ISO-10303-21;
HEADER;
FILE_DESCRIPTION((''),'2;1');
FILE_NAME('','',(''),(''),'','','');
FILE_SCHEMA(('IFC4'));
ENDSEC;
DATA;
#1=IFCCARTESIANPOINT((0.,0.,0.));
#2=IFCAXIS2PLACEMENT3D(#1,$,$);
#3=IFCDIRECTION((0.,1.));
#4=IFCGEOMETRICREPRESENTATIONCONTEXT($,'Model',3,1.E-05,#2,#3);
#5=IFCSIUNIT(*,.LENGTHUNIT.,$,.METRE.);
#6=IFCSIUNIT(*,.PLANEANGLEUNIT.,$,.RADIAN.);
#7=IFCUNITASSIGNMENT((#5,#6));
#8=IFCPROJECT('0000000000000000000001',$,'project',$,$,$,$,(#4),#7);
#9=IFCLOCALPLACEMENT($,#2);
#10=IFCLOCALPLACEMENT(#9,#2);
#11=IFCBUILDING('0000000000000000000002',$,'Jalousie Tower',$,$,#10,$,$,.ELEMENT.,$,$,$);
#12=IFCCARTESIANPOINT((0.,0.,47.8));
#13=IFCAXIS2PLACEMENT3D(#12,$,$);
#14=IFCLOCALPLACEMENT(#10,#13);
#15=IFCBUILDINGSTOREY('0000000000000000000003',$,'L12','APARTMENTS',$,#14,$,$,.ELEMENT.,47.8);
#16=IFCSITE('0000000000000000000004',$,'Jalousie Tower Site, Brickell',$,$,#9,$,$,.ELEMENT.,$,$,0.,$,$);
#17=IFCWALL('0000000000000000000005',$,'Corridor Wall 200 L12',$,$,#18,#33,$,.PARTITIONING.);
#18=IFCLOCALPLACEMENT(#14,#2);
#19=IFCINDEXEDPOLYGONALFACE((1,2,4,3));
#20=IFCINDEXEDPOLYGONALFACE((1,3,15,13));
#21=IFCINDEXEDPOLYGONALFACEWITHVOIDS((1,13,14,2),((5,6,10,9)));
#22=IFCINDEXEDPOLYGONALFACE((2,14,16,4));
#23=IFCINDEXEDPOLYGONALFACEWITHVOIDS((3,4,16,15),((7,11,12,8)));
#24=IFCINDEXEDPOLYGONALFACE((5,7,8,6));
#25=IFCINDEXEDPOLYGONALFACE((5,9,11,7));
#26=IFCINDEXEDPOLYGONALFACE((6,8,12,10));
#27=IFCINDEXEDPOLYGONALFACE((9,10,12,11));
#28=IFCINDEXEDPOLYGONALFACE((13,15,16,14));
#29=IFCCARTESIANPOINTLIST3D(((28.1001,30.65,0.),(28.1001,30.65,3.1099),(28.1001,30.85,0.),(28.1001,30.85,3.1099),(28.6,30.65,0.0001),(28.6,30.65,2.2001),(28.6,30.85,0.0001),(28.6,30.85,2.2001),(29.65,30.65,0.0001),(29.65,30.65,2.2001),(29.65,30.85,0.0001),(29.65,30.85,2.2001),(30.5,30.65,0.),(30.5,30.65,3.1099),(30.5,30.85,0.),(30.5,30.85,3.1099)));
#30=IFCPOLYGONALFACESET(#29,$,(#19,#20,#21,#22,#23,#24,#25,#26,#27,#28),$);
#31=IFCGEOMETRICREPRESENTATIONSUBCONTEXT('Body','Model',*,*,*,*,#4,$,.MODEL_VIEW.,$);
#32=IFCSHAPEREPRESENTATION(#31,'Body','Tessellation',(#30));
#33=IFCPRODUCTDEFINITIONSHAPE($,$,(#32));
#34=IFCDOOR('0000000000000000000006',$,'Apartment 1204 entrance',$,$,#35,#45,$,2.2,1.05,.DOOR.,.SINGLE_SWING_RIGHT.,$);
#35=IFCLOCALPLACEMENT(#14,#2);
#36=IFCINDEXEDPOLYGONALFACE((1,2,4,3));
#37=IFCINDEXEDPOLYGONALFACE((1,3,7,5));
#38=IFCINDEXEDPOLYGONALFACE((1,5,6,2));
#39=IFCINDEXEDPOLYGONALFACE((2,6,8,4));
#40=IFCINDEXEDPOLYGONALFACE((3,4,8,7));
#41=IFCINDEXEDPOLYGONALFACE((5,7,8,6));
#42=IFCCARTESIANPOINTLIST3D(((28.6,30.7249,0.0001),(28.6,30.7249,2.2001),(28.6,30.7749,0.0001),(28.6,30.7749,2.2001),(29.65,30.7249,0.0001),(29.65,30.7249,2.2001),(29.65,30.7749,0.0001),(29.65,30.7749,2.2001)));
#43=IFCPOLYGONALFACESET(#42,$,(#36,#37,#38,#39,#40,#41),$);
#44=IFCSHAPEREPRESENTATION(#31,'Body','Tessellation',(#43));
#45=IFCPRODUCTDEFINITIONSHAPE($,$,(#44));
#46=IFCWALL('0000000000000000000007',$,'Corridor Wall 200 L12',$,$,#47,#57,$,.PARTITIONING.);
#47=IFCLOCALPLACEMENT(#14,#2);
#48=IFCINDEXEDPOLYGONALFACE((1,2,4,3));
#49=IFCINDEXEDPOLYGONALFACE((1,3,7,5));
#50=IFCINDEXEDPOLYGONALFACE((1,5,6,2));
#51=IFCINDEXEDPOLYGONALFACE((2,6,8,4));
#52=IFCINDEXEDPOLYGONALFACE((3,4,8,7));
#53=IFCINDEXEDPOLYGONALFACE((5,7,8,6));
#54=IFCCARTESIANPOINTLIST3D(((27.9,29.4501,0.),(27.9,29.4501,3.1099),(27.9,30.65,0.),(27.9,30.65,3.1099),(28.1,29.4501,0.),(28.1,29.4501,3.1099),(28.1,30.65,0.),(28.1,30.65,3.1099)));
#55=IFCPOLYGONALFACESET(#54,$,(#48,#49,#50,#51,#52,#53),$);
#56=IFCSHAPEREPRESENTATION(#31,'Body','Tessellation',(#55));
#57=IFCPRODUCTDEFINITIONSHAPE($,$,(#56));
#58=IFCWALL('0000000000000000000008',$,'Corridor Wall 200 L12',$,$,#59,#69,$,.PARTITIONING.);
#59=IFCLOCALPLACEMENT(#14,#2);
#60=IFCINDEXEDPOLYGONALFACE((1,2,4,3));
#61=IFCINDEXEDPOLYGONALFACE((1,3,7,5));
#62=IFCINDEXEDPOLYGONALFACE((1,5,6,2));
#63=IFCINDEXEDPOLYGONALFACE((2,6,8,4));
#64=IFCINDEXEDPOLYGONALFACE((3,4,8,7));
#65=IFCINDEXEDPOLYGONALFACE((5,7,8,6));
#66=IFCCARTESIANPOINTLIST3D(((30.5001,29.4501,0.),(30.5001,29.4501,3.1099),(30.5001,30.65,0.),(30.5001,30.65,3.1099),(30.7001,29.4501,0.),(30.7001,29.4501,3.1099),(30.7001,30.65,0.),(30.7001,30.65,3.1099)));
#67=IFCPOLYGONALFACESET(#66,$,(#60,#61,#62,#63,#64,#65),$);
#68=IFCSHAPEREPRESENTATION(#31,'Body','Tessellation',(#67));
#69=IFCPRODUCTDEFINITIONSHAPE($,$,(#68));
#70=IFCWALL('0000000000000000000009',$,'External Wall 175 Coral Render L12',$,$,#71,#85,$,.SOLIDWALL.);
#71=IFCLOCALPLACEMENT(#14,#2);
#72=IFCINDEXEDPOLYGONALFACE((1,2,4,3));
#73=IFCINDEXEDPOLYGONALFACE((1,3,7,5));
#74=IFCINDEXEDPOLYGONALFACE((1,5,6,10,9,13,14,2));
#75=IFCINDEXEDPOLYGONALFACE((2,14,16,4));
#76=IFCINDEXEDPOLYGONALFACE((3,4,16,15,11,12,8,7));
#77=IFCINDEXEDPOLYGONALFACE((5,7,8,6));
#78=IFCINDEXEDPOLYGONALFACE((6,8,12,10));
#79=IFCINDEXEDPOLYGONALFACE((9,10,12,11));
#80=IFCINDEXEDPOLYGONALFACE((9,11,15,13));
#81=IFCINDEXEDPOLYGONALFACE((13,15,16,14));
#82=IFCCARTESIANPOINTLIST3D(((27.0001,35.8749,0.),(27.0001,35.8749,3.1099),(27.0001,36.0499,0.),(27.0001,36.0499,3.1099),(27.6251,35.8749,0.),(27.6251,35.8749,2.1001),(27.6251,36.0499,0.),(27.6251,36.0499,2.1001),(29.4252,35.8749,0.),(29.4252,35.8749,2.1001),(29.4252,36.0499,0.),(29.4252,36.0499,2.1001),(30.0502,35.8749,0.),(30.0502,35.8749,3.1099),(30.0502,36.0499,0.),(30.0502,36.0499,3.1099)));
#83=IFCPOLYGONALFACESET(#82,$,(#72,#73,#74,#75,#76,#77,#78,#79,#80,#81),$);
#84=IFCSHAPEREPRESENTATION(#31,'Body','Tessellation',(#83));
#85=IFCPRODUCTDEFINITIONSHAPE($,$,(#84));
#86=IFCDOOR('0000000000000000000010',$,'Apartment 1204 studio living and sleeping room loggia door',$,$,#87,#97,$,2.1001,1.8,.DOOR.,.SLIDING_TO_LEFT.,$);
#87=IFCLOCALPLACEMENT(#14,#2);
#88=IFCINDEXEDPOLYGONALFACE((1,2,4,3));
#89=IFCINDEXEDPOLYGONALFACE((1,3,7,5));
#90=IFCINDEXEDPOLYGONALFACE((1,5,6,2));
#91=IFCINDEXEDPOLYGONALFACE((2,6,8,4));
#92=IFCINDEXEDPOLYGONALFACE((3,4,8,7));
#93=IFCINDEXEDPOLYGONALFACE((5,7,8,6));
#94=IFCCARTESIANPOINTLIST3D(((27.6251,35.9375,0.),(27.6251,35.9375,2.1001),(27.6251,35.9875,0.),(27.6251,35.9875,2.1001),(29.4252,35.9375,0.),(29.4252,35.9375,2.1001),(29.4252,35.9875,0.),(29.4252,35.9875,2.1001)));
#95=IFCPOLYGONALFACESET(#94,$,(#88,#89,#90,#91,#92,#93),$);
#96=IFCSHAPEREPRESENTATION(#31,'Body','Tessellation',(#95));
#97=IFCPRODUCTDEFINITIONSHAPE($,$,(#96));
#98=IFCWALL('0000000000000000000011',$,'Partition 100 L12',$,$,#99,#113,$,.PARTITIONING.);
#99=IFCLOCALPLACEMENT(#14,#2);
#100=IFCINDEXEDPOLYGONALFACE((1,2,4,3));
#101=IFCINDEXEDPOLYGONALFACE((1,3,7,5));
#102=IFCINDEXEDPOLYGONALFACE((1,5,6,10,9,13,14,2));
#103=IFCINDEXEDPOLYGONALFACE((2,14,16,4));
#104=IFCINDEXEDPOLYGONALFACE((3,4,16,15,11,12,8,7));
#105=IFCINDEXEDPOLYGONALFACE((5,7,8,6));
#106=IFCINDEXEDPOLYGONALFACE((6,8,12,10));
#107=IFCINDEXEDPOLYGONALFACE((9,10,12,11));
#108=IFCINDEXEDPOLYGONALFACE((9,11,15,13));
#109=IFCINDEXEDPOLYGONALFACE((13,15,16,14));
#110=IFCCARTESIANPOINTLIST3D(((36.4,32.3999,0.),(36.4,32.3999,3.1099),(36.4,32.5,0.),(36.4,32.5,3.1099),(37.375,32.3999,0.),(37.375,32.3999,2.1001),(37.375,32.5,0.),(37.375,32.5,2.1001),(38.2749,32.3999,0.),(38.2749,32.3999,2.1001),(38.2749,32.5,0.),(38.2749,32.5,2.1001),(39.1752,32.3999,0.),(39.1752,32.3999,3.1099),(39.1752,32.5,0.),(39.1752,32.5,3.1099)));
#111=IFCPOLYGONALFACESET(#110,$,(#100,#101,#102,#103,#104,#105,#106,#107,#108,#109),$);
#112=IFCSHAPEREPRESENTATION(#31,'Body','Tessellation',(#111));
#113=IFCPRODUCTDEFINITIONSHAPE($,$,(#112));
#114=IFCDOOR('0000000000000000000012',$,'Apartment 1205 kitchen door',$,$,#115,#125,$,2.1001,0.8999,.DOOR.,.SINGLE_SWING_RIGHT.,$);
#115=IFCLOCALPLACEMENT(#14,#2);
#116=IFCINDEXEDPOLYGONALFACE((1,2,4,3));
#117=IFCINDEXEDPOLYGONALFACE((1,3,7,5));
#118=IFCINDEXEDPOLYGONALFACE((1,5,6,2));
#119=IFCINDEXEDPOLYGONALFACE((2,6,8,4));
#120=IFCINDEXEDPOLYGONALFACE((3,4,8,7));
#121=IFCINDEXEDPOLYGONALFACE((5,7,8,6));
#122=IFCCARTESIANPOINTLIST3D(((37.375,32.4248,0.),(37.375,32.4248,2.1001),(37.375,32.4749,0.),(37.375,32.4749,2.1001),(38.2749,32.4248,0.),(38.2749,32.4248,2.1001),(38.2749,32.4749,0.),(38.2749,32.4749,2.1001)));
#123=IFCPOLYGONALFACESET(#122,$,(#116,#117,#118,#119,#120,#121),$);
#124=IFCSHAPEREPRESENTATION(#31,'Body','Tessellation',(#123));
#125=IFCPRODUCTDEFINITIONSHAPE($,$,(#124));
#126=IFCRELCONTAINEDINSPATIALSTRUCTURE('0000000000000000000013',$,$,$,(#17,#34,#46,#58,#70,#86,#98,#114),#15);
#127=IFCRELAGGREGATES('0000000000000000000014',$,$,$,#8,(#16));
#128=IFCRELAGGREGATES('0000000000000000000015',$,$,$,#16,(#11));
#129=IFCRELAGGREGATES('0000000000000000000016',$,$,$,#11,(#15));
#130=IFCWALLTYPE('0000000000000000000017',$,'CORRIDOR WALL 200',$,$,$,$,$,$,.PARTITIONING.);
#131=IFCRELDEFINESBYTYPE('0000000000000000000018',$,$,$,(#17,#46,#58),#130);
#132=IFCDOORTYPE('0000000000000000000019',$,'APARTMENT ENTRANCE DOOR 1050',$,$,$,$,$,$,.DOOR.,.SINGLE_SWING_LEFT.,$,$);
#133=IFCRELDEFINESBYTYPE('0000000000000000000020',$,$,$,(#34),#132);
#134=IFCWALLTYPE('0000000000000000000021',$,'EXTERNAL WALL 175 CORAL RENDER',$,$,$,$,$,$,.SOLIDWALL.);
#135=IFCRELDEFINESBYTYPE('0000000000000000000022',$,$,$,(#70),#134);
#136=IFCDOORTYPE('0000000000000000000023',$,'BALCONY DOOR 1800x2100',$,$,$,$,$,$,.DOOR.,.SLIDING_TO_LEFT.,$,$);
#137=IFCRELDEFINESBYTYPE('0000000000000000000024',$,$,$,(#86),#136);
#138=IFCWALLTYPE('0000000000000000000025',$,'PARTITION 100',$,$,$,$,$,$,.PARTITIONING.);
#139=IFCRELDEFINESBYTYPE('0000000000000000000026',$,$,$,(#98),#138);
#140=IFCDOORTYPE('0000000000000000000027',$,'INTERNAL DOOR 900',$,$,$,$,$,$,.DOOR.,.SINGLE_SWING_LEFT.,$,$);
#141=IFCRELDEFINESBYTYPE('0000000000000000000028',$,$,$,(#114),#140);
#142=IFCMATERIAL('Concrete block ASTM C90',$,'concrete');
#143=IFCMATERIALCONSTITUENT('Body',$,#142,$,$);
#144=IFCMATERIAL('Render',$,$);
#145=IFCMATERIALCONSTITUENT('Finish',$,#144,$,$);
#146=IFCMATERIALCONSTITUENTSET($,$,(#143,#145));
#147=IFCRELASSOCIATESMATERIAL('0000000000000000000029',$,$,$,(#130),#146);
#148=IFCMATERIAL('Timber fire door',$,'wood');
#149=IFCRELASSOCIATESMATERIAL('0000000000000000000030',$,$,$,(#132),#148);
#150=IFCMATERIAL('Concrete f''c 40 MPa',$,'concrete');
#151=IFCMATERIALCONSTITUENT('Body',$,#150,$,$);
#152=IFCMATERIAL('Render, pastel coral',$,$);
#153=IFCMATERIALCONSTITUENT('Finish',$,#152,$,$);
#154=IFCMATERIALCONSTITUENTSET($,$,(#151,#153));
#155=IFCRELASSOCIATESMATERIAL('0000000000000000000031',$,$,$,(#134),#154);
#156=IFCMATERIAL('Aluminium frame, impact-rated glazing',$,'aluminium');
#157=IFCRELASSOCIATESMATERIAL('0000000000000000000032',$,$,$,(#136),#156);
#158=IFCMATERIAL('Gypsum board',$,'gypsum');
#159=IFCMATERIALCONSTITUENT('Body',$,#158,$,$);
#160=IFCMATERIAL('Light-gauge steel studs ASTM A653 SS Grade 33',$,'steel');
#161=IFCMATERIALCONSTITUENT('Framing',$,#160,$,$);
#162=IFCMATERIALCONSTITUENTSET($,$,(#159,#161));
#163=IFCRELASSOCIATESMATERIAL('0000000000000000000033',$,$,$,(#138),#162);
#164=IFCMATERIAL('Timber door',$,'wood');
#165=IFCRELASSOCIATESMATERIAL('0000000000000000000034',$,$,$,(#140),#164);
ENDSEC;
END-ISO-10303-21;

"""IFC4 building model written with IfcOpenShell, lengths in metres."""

from ifc_helpers import new_model, si_unit, direction, frame, frame_2d, origin, place, context, subcontext, project, spatial, rectangle, extrude, material, constituent, constituent_set, type_object, element, fill, save


model = new_model("IFC4")

# Units and contexts
model_context = context("Model", 3, precision=1e-05, world=origin(), true_north=direction((0.0, 1.0)))
body_context = subcontext(model_context, "Body", "Model", "MODEL_VIEW")
ifc_project = project(units=[si_unit("LENGTHUNIT", "METRE"), si_unit("PLANEANGLEUNIT", "RADIAN")], contexts=[model_context])

# Site, building, storey
site_placement = place(None, origin())
site = spatial("IfcSite", under=ifc_project, at=site_placement, Name="Jalousie Tower Site, Brickell", CompositionType="ELEMENT", RefElevation=0.0)
building_placement = place(site_placement, origin())
building = spatial("IfcBuilding", under=site, at=building_placement, Name="Jalousie Tower", CompositionType="ELEMENT")
storey_placement = place(building_placement, frame((0.0, 0.0, 47.8)))
storey = spatial("IfcBuildingStorey", under=building, at=storey_placement, Name="L12", Description="APARTMENTS", CompositionType="ELEMENT", Elevation=47.8)

# Shared definitions
ifc_material_1 = material(Name="Concrete block ASTM C90", Category="concrete")
ifc_constituent_1 = constituent(ifc_material_1, Name="Body")
ifc_material_2 = material(Name="Render")
ifc_constituent_2 = constituent(ifc_material_2, Name="Finish")
ifc_constituent_set_1 = constituent_set(constituents=[ifc_constituent_1, ifc_constituent_2])
wall_type_1 = type_object("IfcWallType", Name="CORRIDOR WALL 200", PredefinedType="PARTITIONING", material=ifc_constituent_set_1)
ifc_material_3 = material(Name="Timber fire door", Category="wood")
door_type_1 = type_object("IfcDoorType", Name="APARTMENT ENTRANCE DOOR 1050", OperationType="SINGLE_SWING_LEFT", PredefinedType="DOOR", material=ifc_material_3)

# Wall, opening, door
wall_1_placement = place(storey_placement, frame((28.1001, 30.75, 0.0), z_axis=(0.0, 0.0, 1.0), x_axis=(1.0, 0.0, 0.0)))
wall_1 = element("IfcWall", 1, at=wall_1_placement, inside=storey, type_object=wall_type_1, Name="Corridor Wall 200 L12", PredefinedType="PARTITIONING", context=body_context, shape_type="SweptSolid", body=[
    extrude(rectangle(XDim=2.3999, YDim=0.2, at=frame_2d((1.2, 0.0))), origin(), (0.0, 0.0, 1.0), 3.1099),
])
opening_1_placement = place(wall_1_placement, frame((0.5, 0.0, 0.0)))
opening_1 = element("IfcOpeningElement", 2, at=opening_1_placement, cuts=wall_1, PredefinedType="OPENING", context=body_context, shape_type="SweptSolid", body=[
    extrude(rectangle(XDim=1.05, YDim=2.2, at=frame_2d((0.5249, 1.1001))), frame((0.0, 0.1099, 0.0), z_axis=(0.0, -1.0, 0.0), x_axis=(1.0, 0.0, 0.0)), (0.0, 0.0, 1.0), 0.22),
])
door_1_placement = place(opening_1_placement, origin())
door_1 = element("IfcDoor", 3, at=door_1_placement, inside=storey, type_object=door_type_1, Name="Apartment 1204 entrance", OperationType="SINGLE_SWING_RIGHT", OverallHeight=2.2, OverallWidth=1.05, PredefinedType="DOOR", context=body_context, shape_type="SweptSolid", body=[
    extrude(rectangle(XDim=1.05, YDim=2.2, at=frame_2d((0.5249, 1.1001))), frame((0.0, 0.0249, 0.0), z_axis=(0.0, -1.0, 0.0), x_axis=(1.0, 0.0, 0.0)), (0.0, 0.0, 1.0), 0.05),
])
fill(opening_1, door_1)

# Walls
for number, where, z_axis, x_axis, name in (
    (4, (28.0, 29.45, 0.0), (0.0, 0.0, 1.0), (0.0, 1.0, 0.0), "Corridor Wall 200 L12"),
    (5, (30.6001, 29.45, 0.0), (0.0, 0.0, 1.0), (0.0, 1.0, 0.0), "Corridor Wall 200 L12"),
):
    element("IfcWall", number, at=place(storey_placement, frame(where, z_axis=z_axis, x_axis=x_axis)), inside=storey, type_object=wall_type_1, Name=name, PredefinedType="PARTITIONING", context=body_context, shape_type="SweptSolid", body=[
        extrude(rectangle(XDim=1.2, YDim=0.2, at=frame_2d((0.6001, 0.0))), origin(), (0.0, 0.0, 1.0), 3.1099),
    ])

# Walls, openings, doors
ifc_material_4 = material(Name="Concrete f'c 40 MPa", Category="concrete")
ifc_constituent_3 = constituent(ifc_material_4, Name="Body")
ifc_material_5 = material(Name="Render, pastel coral")
ifc_constituent_4 = constituent(ifc_material_5, Name="Finish")
ifc_constituent_set_2 = constituent_set(constituents=[ifc_constituent_3, ifc_constituent_4])
wall_type_2 = type_object("IfcWallType", Name="EXTERNAL WALL 175 CORAL RENDER", PredefinedType="SOLIDWALL", material=ifc_constituent_set_2)
wall_2_placement = place(storey_placement, frame((30.05, 35.9624, 0.0), z_axis=(0.0, 0.0, 1.0), x_axis=(-1.0, 0.0, 0.0)))
wall_2 = element("IfcWall", 6, at=wall_2_placement, inside=storey, type_object=wall_type_2, Name="External Wall 175 Coral Render L12", PredefinedType="SOLIDWALL", context=body_context, shape_type="SweptSolid", body=[
    extrude(rectangle(XDim=3.05, YDim=0.175, at=frame_2d((1.5249, 0.0))), origin(), (0.0, 0.0, 1.0), 3.1099),
])
opening_2_placement = place(wall_2_placement, frame((0.625, 0.0, 0.0)))
opening_2 = element("IfcOpeningElement", 7, at=opening_2_placement, cuts=wall_2, PredefinedType="OPENING", context=body_context, shape_type="SweptSolid", body=[
    extrude(rectangle(XDim=1.8, YDim=2.1001, at=frame_2d((0.8999, 1.05))), frame((0.0, 0.0974, 0.0), z_axis=(0.0, -1.0, 0.0), x_axis=(1.0, 0.0, 0.0)), (0.0, 0.0, 1.0), 0.1951),
])
ifc_material_6 = material(Name="Aluminium frame, impact-rated glazing", Category="aluminium")
door_type_2 = type_object("IfcDoorType", Name="BALCONY DOOR 1800x2100", OperationType="SLIDING_TO_LEFT", PredefinedType="DOOR", material=ifc_material_6)
door_2_placement = place(opening_2_placement, origin())
door_2 = element("IfcDoor", 8, at=door_2_placement, inside=storey, type_object=door_type_2, Name="Apartment 1204 studio living and sleeping room loggia door", OperationType="SLIDING_TO_LEFT", OverallHeight=2.1001, OverallWidth=1.8, PredefinedType="DOOR", context=body_context, shape_type="SweptSolid", body=[
    extrude(rectangle(XDim=1.8, YDim=2.1001, at=frame_2d((0.8999, 1.05))), frame((0.0, 0.0249, 0.0), z_axis=(0.0, -1.0, 0.0), x_axis=(1.0, 0.0, 0.0)), (0.0, 0.0, 1.0), 0.05),
])
fill(opening_2, door_2)
ifc_material_7 = material(Name="Gypsum board", Category="gypsum")
ifc_constituent_5 = constituent(ifc_material_7, Name="Body")
ifc_material_8 = material(Name="Light-gauge steel studs ASTM A653 SS Grade 33", Category="steel")
ifc_constituent_6 = constituent(ifc_material_8, Name="Framing")
ifc_constituent_set_3 = constituent_set(constituents=[ifc_constituent_5, ifc_constituent_6])
wall_type_3 = type_object("IfcWallType", Name="PARTITION 100", PredefinedType="PARTITIONING", material=ifc_constituent_set_3)
wall_3_placement = place(storey_placement, frame((36.3999, 32.45, 0.0), z_axis=(0.0, 0.0, 1.0), x_axis=(1.0, 0.0, 0.0)))
wall_3 = element("IfcWall", 9, at=wall_3_placement, inside=storey, type_object=wall_type_3, Name="Partition 100 L12", PredefinedType="PARTITIONING", context=body_context, shape_type="SweptSolid", body=[
    extrude(rectangle(XDim=2.7751, YDim=0.1001, at=frame_2d((1.3877, 0.0))), origin(), (0.0, 0.0, 1.0), 3.1099),
])
opening_3_placement = place(wall_3_placement, frame((0.9751, 0.0, 0.0)))
opening_3 = element("IfcOpeningElement", 10, at=opening_3_placement, cuts=wall_3, PredefinedType="OPENING", context=body_context, shape_type="SweptSolid", body=[
    extrude(rectangle(XDim=0.8999, YDim=2.1001, at=frame_2d((0.45, 1.05))), frame((0.0, 0.0601, 0.0), z_axis=(0.0, -1.0, 0.0), x_axis=(1.0, 0.0, 0.0)), (0.0, 0.0, 1.0), 0.1201),
])
ifc_material_9 = material(Name="Timber door", Category="wood")
door_type_3 = type_object("IfcDoorType", Name="INTERNAL DOOR 900", OperationType="SINGLE_SWING_LEFT", PredefinedType="DOOR", material=ifc_material_9)
door_3_placement = place(opening_3_placement, origin())
door_3 = element("IfcDoor", 11, at=door_3_placement, inside=storey, type_object=door_type_3, Name="Apartment 1205 kitchen door", OperationType="SINGLE_SWING_RIGHT", OverallHeight=2.1001, OverallWidth=0.8999, PredefinedType="DOOR", context=body_context, shape_type="SweptSolid", body=[
    extrude(rectangle(XDim=0.8999, YDim=2.1001, at=frame_2d((0.45, 1.05))), frame((0.0, 0.0249, 0.0), z_axis=(0.0, -1.0, 0.0), x_axis=(1.0, 0.0, 0.0)), (0.0, 0.0, 1.0), 0.05),
])
fill(opening_3, door_3)

save(model, "model.ifc")
